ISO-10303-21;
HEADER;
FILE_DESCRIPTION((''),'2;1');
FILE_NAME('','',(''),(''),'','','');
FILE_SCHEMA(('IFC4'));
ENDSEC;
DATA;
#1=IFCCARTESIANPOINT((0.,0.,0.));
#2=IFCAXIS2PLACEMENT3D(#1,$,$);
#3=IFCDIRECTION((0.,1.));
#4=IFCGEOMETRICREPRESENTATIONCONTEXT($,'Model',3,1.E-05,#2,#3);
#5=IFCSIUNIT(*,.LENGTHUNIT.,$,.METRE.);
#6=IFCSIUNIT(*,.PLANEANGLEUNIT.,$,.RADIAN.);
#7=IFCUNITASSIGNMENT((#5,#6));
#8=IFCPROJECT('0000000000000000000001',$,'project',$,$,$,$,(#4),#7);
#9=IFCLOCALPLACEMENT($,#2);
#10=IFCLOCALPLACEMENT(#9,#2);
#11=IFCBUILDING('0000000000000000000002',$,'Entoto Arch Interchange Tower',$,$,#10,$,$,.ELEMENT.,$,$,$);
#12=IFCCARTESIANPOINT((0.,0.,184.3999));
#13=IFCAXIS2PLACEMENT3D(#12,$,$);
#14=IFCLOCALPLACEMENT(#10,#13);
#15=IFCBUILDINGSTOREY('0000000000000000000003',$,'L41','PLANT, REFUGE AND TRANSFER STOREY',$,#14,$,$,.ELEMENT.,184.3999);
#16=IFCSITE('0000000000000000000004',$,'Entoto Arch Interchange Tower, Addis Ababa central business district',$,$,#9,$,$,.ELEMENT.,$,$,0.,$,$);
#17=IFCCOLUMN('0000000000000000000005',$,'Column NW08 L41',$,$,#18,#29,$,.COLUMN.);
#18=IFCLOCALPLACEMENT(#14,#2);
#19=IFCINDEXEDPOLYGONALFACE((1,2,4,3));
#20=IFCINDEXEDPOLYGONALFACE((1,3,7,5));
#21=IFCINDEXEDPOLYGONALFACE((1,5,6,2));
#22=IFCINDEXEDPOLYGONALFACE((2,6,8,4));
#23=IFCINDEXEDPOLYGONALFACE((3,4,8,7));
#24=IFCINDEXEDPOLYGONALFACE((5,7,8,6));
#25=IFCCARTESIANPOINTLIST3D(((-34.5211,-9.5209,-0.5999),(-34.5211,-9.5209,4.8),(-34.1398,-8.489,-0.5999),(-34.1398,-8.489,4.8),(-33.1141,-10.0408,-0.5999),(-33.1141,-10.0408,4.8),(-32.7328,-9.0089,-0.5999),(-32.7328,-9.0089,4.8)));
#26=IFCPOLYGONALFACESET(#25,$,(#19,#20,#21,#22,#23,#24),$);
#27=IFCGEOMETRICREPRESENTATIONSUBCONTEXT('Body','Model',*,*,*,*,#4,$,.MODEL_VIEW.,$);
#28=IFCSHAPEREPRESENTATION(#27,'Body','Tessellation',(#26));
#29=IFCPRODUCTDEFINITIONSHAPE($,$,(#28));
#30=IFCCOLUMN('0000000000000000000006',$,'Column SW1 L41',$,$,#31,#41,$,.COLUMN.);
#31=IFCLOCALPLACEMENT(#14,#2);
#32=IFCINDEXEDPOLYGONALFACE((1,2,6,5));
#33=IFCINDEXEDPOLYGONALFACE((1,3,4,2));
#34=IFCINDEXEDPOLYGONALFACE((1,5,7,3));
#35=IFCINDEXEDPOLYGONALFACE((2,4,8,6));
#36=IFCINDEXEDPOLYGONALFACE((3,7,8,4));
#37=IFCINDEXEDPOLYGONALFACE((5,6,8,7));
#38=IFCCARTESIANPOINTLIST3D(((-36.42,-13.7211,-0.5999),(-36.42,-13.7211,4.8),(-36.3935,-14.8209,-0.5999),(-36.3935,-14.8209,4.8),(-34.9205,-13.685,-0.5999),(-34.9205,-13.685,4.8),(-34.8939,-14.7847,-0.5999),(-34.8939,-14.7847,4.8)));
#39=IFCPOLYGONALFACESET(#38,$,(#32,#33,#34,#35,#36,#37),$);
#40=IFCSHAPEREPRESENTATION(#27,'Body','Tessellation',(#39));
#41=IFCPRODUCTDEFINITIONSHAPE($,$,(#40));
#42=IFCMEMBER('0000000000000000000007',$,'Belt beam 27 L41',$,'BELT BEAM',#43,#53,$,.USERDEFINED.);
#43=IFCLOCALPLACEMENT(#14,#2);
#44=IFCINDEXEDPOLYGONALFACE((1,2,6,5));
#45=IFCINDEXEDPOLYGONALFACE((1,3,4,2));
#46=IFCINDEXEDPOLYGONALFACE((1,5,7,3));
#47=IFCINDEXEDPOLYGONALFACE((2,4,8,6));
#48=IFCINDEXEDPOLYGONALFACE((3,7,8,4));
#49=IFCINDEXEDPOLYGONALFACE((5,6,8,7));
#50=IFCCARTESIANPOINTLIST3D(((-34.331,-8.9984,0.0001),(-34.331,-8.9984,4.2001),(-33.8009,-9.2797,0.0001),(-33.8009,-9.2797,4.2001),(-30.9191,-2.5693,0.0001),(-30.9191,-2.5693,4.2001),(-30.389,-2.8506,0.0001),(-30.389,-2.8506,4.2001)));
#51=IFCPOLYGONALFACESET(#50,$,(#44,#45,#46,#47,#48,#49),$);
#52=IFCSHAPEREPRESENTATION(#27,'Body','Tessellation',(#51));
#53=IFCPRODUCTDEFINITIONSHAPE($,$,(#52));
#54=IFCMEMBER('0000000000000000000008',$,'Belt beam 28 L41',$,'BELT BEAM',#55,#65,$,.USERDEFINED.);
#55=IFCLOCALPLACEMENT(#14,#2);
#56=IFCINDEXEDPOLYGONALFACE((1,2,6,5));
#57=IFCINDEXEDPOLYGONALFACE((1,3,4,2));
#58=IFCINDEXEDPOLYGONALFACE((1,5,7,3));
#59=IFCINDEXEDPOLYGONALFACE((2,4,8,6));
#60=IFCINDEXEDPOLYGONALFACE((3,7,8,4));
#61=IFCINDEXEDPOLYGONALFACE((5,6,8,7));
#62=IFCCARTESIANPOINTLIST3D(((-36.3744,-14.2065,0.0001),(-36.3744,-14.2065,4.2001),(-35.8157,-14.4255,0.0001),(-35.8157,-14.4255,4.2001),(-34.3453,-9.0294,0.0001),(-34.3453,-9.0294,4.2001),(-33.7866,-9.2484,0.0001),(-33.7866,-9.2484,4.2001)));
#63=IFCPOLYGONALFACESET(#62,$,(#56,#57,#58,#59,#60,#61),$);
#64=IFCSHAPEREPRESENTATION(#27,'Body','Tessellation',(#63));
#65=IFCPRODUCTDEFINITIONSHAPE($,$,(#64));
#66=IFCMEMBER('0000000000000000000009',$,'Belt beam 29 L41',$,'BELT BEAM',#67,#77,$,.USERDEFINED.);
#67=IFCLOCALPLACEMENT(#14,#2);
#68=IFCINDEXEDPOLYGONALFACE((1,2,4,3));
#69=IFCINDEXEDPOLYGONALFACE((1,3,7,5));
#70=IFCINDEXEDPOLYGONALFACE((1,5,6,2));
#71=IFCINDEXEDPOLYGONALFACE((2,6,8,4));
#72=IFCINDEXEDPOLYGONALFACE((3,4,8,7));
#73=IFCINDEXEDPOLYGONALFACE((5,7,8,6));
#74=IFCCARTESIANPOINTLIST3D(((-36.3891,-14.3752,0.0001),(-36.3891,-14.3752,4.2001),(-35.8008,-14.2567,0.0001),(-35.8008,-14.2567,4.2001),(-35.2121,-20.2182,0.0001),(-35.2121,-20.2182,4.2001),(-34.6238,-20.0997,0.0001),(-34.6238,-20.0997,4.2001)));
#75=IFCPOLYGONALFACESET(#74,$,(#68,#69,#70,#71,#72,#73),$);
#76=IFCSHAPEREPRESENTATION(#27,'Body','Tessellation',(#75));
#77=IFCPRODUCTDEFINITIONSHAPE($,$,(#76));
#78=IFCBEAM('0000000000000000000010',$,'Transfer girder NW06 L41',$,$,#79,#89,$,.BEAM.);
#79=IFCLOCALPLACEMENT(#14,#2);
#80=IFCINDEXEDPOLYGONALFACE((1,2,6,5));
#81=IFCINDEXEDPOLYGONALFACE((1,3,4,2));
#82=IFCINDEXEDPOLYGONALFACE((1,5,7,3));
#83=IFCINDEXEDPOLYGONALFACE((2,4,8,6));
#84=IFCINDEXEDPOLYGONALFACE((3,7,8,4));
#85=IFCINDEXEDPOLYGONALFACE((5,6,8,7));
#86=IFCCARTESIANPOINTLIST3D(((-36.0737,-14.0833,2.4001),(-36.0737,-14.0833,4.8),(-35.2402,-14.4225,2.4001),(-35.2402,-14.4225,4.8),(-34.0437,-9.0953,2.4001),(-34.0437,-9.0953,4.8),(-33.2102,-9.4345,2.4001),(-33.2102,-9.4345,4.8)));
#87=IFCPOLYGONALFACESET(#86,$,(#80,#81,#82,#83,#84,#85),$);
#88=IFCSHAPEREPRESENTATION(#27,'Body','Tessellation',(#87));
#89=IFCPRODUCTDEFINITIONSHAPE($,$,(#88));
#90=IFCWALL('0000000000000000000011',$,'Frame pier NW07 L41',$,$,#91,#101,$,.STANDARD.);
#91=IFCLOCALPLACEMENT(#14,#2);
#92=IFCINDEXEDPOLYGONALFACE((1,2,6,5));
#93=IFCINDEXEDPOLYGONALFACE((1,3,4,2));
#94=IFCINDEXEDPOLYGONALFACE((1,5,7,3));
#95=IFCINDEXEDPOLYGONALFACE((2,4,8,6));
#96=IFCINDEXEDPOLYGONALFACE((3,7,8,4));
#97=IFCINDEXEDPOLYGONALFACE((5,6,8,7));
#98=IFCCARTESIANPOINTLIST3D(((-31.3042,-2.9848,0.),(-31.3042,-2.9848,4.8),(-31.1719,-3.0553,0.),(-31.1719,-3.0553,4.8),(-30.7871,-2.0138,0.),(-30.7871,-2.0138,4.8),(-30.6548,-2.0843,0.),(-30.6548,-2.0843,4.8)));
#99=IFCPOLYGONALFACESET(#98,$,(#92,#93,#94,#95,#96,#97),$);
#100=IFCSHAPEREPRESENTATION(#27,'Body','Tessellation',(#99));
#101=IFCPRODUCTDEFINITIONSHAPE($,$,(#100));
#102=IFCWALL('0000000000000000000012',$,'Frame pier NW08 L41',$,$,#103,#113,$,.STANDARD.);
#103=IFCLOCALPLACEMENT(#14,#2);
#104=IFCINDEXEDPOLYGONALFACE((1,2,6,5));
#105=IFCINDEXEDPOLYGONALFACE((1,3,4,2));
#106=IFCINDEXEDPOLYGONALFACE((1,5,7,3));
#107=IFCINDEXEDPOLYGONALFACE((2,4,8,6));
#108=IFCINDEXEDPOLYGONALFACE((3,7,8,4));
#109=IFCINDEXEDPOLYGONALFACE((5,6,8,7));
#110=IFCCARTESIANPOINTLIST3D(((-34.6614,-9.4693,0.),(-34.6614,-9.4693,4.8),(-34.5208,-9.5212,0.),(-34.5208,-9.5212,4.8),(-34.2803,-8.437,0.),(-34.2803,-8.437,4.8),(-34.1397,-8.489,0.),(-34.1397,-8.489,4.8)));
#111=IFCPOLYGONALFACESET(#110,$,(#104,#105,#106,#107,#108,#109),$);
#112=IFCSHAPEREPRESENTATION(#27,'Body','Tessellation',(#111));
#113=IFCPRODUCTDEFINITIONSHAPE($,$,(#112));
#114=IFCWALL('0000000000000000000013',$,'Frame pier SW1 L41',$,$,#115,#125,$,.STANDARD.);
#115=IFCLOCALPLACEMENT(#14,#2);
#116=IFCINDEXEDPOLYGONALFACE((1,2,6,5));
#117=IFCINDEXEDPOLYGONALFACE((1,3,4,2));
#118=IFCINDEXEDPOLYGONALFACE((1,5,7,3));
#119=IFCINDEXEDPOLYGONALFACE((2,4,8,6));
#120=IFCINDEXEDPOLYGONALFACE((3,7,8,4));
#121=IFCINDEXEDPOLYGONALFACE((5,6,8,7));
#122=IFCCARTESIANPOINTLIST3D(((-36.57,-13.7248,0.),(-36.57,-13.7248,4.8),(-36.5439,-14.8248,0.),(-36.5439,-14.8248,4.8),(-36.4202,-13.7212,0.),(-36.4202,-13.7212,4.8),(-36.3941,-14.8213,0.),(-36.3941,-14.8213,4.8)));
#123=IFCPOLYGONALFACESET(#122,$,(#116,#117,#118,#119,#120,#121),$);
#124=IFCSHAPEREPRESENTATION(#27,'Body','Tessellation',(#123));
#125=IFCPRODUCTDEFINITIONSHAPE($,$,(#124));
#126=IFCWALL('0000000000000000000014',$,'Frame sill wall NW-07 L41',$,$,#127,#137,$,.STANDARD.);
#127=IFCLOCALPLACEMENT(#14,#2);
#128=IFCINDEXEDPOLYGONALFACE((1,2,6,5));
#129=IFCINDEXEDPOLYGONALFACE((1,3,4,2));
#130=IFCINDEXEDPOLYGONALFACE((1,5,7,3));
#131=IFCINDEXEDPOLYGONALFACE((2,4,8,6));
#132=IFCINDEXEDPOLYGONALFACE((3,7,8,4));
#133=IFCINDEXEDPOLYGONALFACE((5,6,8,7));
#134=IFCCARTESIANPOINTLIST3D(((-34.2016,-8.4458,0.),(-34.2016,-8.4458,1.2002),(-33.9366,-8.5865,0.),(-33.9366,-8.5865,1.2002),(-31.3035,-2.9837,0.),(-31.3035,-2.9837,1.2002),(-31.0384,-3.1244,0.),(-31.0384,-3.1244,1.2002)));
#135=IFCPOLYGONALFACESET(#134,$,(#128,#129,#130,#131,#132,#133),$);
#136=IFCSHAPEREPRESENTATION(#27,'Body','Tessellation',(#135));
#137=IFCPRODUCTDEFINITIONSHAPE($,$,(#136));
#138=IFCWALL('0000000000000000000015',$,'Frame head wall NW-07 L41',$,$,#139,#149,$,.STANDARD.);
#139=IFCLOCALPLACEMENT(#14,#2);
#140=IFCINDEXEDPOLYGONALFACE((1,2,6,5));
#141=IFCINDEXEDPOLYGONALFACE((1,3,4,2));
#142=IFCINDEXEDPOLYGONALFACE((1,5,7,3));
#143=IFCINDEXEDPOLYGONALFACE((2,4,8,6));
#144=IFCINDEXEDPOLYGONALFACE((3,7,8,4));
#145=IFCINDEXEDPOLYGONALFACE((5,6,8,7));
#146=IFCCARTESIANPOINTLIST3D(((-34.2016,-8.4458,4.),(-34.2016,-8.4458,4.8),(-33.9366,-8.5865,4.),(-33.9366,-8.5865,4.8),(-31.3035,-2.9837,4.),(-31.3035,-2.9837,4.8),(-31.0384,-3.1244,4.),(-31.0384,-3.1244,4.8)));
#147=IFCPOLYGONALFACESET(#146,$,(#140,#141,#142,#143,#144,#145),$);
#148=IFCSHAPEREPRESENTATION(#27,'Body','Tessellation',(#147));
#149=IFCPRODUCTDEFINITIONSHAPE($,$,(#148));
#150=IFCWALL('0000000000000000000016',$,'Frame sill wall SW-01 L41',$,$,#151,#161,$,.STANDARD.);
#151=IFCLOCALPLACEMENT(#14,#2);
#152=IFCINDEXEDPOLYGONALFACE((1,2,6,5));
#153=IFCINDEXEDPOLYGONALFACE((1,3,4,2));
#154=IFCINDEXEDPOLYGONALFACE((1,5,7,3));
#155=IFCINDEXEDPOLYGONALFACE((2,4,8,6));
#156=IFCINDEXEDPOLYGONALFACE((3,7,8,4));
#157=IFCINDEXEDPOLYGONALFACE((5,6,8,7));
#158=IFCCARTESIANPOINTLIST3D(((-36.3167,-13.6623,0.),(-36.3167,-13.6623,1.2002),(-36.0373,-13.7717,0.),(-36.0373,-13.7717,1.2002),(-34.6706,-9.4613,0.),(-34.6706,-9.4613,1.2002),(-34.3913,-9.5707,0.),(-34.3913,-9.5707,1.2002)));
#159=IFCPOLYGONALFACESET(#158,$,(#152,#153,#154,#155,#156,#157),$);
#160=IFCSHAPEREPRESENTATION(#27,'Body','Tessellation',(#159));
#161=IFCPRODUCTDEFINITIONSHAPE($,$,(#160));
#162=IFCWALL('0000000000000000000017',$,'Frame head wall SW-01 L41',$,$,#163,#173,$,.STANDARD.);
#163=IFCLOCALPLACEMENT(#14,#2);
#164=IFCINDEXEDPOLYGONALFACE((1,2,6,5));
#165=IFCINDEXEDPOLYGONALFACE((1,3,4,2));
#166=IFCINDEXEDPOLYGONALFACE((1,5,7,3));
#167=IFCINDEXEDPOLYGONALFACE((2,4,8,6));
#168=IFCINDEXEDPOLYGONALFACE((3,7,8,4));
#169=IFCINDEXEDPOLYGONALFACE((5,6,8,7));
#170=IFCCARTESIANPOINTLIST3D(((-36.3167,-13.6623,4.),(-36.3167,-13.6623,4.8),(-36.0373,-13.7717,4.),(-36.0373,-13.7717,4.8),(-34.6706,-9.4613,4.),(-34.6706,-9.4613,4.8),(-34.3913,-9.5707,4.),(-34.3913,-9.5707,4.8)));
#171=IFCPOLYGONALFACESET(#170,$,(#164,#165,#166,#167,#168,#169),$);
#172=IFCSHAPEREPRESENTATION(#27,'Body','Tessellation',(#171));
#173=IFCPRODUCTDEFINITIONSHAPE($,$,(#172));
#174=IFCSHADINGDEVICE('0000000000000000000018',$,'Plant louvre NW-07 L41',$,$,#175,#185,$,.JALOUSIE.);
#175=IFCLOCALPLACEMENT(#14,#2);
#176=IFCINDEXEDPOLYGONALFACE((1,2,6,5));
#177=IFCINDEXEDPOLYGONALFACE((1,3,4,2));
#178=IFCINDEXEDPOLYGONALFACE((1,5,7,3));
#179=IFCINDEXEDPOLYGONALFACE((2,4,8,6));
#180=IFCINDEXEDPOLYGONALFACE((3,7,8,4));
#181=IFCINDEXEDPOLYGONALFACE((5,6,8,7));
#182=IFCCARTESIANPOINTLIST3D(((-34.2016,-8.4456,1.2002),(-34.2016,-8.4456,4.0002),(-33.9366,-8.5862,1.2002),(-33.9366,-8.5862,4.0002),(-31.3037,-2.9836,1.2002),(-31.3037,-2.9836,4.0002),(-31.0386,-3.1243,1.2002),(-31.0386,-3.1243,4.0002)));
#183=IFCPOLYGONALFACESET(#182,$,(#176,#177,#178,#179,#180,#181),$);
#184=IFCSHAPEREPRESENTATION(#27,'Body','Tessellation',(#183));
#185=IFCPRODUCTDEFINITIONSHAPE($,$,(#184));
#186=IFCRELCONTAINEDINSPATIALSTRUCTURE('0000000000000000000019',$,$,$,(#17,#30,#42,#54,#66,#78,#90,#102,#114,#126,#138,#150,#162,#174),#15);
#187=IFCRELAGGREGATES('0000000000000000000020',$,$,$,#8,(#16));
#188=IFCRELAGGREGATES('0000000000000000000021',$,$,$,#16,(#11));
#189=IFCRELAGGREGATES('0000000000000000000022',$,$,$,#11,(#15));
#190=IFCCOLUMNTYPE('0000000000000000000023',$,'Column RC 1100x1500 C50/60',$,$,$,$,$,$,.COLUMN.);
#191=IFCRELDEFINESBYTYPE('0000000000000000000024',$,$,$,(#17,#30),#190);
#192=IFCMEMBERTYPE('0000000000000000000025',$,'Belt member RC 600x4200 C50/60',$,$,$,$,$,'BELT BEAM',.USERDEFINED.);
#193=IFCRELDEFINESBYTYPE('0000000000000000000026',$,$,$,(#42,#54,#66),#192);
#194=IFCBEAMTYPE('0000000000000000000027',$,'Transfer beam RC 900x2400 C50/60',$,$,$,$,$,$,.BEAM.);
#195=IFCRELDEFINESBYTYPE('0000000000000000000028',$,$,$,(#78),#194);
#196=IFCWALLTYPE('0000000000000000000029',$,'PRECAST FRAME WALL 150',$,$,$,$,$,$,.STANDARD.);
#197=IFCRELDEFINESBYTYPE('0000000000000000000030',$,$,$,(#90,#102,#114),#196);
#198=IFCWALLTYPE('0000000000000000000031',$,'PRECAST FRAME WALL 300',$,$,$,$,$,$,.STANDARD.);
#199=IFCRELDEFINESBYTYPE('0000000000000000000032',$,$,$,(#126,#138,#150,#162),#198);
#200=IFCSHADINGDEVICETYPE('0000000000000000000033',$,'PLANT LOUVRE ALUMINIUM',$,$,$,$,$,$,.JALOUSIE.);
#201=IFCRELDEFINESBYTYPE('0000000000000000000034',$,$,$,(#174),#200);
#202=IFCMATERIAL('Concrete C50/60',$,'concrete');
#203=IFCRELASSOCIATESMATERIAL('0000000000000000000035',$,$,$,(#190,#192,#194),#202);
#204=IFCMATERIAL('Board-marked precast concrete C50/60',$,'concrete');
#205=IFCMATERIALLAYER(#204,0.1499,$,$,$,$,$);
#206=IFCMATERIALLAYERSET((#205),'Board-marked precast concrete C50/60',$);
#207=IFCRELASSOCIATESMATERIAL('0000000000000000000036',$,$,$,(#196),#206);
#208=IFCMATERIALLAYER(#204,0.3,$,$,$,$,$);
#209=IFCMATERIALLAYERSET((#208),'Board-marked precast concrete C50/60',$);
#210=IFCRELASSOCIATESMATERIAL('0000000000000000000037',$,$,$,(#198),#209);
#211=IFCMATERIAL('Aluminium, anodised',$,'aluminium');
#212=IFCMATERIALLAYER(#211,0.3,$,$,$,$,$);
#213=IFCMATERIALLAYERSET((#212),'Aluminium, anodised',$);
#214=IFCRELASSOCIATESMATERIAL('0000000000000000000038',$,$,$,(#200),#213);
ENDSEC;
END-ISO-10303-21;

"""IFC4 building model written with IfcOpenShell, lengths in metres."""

from ifc_helpers import new_model, si_unit, direction, frame, frame_2d, origin, origin_2d, place, context, subcontext, project, spatial, rectangle, extrude, material, layer, layer_set, material_profile, profile_set, type_object, element, save


model = new_model("IFC4")

# Units and contexts
model_context = context("Model", 3, precision=1e-05, world=origin(), true_north=direction((0.0, 1.0)))
body_context = subcontext(model_context, "Body", "Model", "MODEL_VIEW")
ifc_project = project(units=[si_unit("LENGTHUNIT", "METRE"), si_unit("PLANEANGLEUNIT", "RADIAN")], contexts=[model_context])

# Site, building, storey
site_placement = place(None, origin())
site = spatial("IfcSite", under=ifc_project, at=site_placement, Name="Entoto Arch Interchange Tower, Addis Ababa central business district", CompositionType="ELEMENT", RefElevation=0.0)
building_placement = place(site_placement, origin())
building = spatial("IfcBuilding", under=site, at=building_placement, Name="Entoto Arch Interchange Tower", CompositionType="ELEMENT")
storey_placement = place(building_placement, frame((0.0, 0.0, 184.3999)))
storey = spatial("IfcBuildingStorey", under=building, at=storey_placement, Name="L41", Description="PLANT, REFUGE AND TRANSFER STOREY", CompositionType="ELEMENT", Elevation=184.3999)

# Columns
ifc_material_1 = material(Name="Concrete C50/60", Category="concrete")
ifc_material_profile_1 = material_profile(ifc_material_1, rectangle(XDim=1.1001, YDim=1.5, at=origin_2d()))
ifc_profile_set_1 = profile_set([ifc_material_profile_1], Name="Concrete C50/60")
column_type = type_object("IfcColumnType", Name="Column RC 1100x1500 C50/60", PredefinedType="COLUMN", material=ifc_profile_set_1)
for number, where, z_axis, x_axis, name in (
    (1, (-33.627, -9.2649, -0.5999), (0.0, 0.0, 1.0), (0.346592, 0.938016, 0.0), "Column NW08 L41"),
    (2, (-35.657, -14.2529, -0.5999), (0.0, 0.0, 1.0), (-0.024118, 0.999709, 0.0), "Column SW1 L41"),
):
    element("IfcColumn", number, at=place(storey_placement, frame(where, z_axis=z_axis, x_axis=x_axis)), inside=storey, type_object=column_type, Name=name, PredefinedType="COLUMN", context=body_context, shape_type="SweptSolid", body=[
        extrude(rectangle(XDim=1.1001, YDim=1.5, at=origin_2d()), origin(), (0.0, 0.0, 1.0), 5.3999),
    ])

# Members
ifc_material_profile_2 = material_profile(ifc_material_1, rectangle(XDim=0.6001, YDim=4.2, at=origin_2d()))
ifc_profile_set_2 = profile_set([ifc_material_profile_2], Name="Concrete C50/60")
member_type = type_object("IfcMemberType", Name="Belt member RC 600x4200 C50/60", ElementType="BELT BEAM", PredefinedType="USERDEFINED", material=ifc_profile_set_2)
member_1_placement = place(storey_placement, frame((-30.6541, -2.71, 2.1001), z_axis=(-0.468778, -0.883316, 0.0), x_axis=(0.883316, -0.468778, 0.0)))
element("IfcMember", 3, at=member_1_placement, inside=storey, type_object=member_type, Name="Belt beam 27 L41", ObjectType="BELT BEAM", PredefinedType="USERDEFINED", context=body_context, shape_type="SweptSolid", body=[
    extrude(rectangle(XDim=0.6001, YDim=4.2, at=origin_2d()), origin(), (0.0, 0.0, 1.0), 7.2783),
])
member_2_placement = place(storey_placement, frame((-34.0659, -9.1389, 2.1001), z_axis=(-0.364909, -0.931043, 0.0), x_axis=(0.931043, -0.364909, 0.0)))
element("IfcMember", 4, at=member_2_placement, inside=storey, type_object=member_type, Name="Belt beam 28 L41", ObjectType="BELT BEAM", PredefinedType="USERDEFINED", context=body_context, shape_type="SweptSolid", body=[
    extrude(rectangle(XDim=0.6001, YDim=4.2, at=origin_2d()), origin(), (0.0, 0.0, 1.0), 5.5605),
])
member_3_placement = place(storey_placement, frame((-36.095, -14.3159, 2.1001), z_axis=(0.197471, -0.980309, 0.0), x_axis=(0.980309, 0.197471, 0.0)))
element("IfcMember", 5, at=member_3_placement, inside=storey, type_object=member_type, Name="Belt beam 29 L41", ObjectType="BELT BEAM", PredefinedType="USERDEFINED", context=body_context, shape_type="SweptSolid", body=[
    extrude(rectangle(XDim=0.6001, YDim=4.2, at=origin_2d()), origin(), (0.0, 0.0, 1.0), 5.9604),
])

# Beam
ifc_material_profile_3 = material_profile(ifc_material_1, rectangle(XDim=0.8999, YDim=2.3999, at=origin_2d()))
ifc_profile_set_3 = profile_set([ifc_material_profile_3], Name="Concrete C50/60")
beam_type = type_object("IfcBeamType", Name="Transfer beam RC 900x2400 C50/60", PredefinedType="BEAM", material=ifc_profile_set_3)
beam_placement = place(storey_placement, frame((-33.627, -9.2649, 3.6001), z_axis=(-0.376957, -0.926231, 0.0), x_axis=(0.926231, -0.376957, 0.0)))
element("IfcBeam", 6, at=beam_placement, inside=storey, type_object=beam_type, Name="Transfer girder NW06 L41", PredefinedType="BEAM", context=body_context, shape_type="SweptSolid", body=[
    extrude(rectangle(XDim=0.8999, YDim=2.3999, at=origin_2d()), origin(), (0.0, 0.0, 1.0), 5.3853),
])

# Walls
ifc_material_2 = material(Name="Board-marked precast concrete C50/60", Category="concrete")
ifc_layer_1 = layer(ifc_material_2, 0.1499)
ifc_layer_set_1 = layer_set([ifc_layer_1], Name="Board-marked precast concrete C50/60")
wall_type_1 = type_object("IfcWallType", Name="PRECAST FRAME WALL 150", PredefinedType="STANDARD", material=ifc_layer_set_1)
wall_1_placement = place(storey_placement, frame((-30.7209, -2.0491, 0.0), z_axis=(0.0, 0.0, 1.0), x_axis=(-0.470058, -0.882635, 0.0)))
element("IfcWall", 7, at=wall_1_placement, inside=storey, type_object=wall_type_1, Name="Frame pier NW07 L41", PredefinedType="STANDARD", context=body_context, shape_type="SweptSolid", body=[
    extrude(rectangle(XDim=1.1001, YDim=0.1499, at=frame_2d((0.55, 0.0))), origin(), (0.0, 0.0, 1.0), 4.8),
])
for number, where, z_axis, x_axis, name in (
    (8, (-34.21, -8.4629, 0.0), (0.0, 0.0, 1.0), (-0.346353, -0.938104, 0.0), "Frame pier NW08 L41"),
    (9, (-36.4951, -13.7229, 0.0), (0.0, 0.0, 1.0), (0.023739, -0.999718, 0.0), "Frame pier SW1 L41"),
):
    element("IfcWall", number, at=place(storey_placement, frame(where, z_axis=z_axis, x_axis=x_axis)), inside=storey, type_object=wall_type_1, Name=name, PredefinedType="STANDARD", context=body_context, shape_type="SweptSolid", body=[
        extrude(rectangle(XDim=1.1003, YDim=0.1499, at=frame_2d((0.5503, 0.0))), origin(), (0.0, 0.0, 1.0), 4.8),
    ])
ifc_layer_2 = layer(ifc_material_2, 0.3)
ifc_layer_set_2 = layer_set([ifc_layer_2], Name="Board-marked precast concrete C50/60")
wall_type_2 = type_object("IfcWallType", Name="PRECAST FRAME WALL 300", PredefinedType="STANDARD", material=ifc_layer_set_2)
wall_2_placement = place(storey_placement, frame((-31.1709, -3.054, 0.0), z_axis=(0.0, 0.0, 1.0), x_axis=(-0.468704, -0.883355, 0.0)))
element("IfcWall", 10, at=wall_2_placement, inside=storey, type_object=wall_type_2, Name="Frame sill wall NW-07 L41", PredefinedType="STANDARD", context=body_context, shape_type="SweptSolid", body=[
    extrude(rectangle(XDim=6.1833, YDim=0.3, at=frame_2d((3.0918, 0.0))), origin(), (0.0, 0.0, 1.0), 1.2002),
])
wall_3_placement = place(storey_placement, frame((-31.1709, -3.054, 4.0), z_axis=(0.0, 0.0, 1.0), x_axis=(-0.468704, -0.883355, 0.0)))
element("IfcWall", 11, at=wall_3_placement, inside=storey, type_object=wall_type_2, Name="Frame head wall NW-07 L41", PredefinedType="STANDARD", context=body_context, shape_type="SweptSolid", body=[
    extrude(rectangle(XDim=6.1833, YDim=0.3, at=frame_2d((3.0918, 0.0))), origin(), (0.0, 0.0, 1.0), 0.8),
])
wall_4_placement = place(storey_placement, frame((-34.531, -9.5161, 0.0), z_axis=(0.0, 0.0, 1.0), x_axis=(-0.364813, -0.931081, 0.0)))
element("IfcWall", 12, at=wall_4_placement, inside=storey, type_object=wall_type_2, Name="Frame sill wall SW-01 L41", PredefinedType="STANDARD", context=body_context, shape_type="SweptSolid", body=[
    extrude(rectangle(XDim=4.512, YDim=0.3, at=frame_2d((2.2559, 0.0))), origin(), (0.0, 0.0, 1.0), 1.2002),
])
wall_5_placement = place(storey_placement, frame((-34.531, -9.5161, 4.0), z_axis=(0.0, 0.0, 1.0), x_axis=(-0.364813, -0.931081, 0.0)))
element("IfcWall", 13, at=wall_5_placement, inside=storey, type_object=wall_type_2, Name="Frame head wall SW-01 L41", PredefinedType="STANDARD", context=body_context, shape_type="SweptSolid", body=[
    extrude(rectangle(XDim=4.512, YDim=0.3, at=frame_2d((2.2559, 0.0))), origin(), (0.0, 0.0, 1.0), 0.8),
])

# Shading device
ifc_material_3 = material(Name="Aluminium, anodised", Category="aluminium")
ifc_layer_3 = layer(ifc_material_3, 0.3)
ifc_layer_set_3 = layer_set([ifc_layer_3], Name="Aluminium, anodised")
shading_device_type = type_object("IfcShadingDeviceType", Name="PLANT LOUVRE ALUMINIUM", PredefinedType="JALOUSIE", material=ifc_layer_set_3)
shading_device_1_placement = place(storey_placement, frame((-32.6201, -5.7849, 1.2002), z_axis=(0.0, 0.0, 1.0), x_axis=(-0.468685, -0.883365, 0.0)))
element("IfcShadingDevice", 14, at=shading_device_1_placement, inside=storey, type_object=shading_device_type, Name="Plant louvre NW-07 L41", PredefinedType="JALOUSIE", context=body_context, shape_type="SweptSolid", body=[
    extrude(rectangle(XDim=6.1831, YDim=0.3, at=origin_2d()), origin(), (0.0, 0.0, 1.0), 2.8),
])

save(model, "model.ifc")
